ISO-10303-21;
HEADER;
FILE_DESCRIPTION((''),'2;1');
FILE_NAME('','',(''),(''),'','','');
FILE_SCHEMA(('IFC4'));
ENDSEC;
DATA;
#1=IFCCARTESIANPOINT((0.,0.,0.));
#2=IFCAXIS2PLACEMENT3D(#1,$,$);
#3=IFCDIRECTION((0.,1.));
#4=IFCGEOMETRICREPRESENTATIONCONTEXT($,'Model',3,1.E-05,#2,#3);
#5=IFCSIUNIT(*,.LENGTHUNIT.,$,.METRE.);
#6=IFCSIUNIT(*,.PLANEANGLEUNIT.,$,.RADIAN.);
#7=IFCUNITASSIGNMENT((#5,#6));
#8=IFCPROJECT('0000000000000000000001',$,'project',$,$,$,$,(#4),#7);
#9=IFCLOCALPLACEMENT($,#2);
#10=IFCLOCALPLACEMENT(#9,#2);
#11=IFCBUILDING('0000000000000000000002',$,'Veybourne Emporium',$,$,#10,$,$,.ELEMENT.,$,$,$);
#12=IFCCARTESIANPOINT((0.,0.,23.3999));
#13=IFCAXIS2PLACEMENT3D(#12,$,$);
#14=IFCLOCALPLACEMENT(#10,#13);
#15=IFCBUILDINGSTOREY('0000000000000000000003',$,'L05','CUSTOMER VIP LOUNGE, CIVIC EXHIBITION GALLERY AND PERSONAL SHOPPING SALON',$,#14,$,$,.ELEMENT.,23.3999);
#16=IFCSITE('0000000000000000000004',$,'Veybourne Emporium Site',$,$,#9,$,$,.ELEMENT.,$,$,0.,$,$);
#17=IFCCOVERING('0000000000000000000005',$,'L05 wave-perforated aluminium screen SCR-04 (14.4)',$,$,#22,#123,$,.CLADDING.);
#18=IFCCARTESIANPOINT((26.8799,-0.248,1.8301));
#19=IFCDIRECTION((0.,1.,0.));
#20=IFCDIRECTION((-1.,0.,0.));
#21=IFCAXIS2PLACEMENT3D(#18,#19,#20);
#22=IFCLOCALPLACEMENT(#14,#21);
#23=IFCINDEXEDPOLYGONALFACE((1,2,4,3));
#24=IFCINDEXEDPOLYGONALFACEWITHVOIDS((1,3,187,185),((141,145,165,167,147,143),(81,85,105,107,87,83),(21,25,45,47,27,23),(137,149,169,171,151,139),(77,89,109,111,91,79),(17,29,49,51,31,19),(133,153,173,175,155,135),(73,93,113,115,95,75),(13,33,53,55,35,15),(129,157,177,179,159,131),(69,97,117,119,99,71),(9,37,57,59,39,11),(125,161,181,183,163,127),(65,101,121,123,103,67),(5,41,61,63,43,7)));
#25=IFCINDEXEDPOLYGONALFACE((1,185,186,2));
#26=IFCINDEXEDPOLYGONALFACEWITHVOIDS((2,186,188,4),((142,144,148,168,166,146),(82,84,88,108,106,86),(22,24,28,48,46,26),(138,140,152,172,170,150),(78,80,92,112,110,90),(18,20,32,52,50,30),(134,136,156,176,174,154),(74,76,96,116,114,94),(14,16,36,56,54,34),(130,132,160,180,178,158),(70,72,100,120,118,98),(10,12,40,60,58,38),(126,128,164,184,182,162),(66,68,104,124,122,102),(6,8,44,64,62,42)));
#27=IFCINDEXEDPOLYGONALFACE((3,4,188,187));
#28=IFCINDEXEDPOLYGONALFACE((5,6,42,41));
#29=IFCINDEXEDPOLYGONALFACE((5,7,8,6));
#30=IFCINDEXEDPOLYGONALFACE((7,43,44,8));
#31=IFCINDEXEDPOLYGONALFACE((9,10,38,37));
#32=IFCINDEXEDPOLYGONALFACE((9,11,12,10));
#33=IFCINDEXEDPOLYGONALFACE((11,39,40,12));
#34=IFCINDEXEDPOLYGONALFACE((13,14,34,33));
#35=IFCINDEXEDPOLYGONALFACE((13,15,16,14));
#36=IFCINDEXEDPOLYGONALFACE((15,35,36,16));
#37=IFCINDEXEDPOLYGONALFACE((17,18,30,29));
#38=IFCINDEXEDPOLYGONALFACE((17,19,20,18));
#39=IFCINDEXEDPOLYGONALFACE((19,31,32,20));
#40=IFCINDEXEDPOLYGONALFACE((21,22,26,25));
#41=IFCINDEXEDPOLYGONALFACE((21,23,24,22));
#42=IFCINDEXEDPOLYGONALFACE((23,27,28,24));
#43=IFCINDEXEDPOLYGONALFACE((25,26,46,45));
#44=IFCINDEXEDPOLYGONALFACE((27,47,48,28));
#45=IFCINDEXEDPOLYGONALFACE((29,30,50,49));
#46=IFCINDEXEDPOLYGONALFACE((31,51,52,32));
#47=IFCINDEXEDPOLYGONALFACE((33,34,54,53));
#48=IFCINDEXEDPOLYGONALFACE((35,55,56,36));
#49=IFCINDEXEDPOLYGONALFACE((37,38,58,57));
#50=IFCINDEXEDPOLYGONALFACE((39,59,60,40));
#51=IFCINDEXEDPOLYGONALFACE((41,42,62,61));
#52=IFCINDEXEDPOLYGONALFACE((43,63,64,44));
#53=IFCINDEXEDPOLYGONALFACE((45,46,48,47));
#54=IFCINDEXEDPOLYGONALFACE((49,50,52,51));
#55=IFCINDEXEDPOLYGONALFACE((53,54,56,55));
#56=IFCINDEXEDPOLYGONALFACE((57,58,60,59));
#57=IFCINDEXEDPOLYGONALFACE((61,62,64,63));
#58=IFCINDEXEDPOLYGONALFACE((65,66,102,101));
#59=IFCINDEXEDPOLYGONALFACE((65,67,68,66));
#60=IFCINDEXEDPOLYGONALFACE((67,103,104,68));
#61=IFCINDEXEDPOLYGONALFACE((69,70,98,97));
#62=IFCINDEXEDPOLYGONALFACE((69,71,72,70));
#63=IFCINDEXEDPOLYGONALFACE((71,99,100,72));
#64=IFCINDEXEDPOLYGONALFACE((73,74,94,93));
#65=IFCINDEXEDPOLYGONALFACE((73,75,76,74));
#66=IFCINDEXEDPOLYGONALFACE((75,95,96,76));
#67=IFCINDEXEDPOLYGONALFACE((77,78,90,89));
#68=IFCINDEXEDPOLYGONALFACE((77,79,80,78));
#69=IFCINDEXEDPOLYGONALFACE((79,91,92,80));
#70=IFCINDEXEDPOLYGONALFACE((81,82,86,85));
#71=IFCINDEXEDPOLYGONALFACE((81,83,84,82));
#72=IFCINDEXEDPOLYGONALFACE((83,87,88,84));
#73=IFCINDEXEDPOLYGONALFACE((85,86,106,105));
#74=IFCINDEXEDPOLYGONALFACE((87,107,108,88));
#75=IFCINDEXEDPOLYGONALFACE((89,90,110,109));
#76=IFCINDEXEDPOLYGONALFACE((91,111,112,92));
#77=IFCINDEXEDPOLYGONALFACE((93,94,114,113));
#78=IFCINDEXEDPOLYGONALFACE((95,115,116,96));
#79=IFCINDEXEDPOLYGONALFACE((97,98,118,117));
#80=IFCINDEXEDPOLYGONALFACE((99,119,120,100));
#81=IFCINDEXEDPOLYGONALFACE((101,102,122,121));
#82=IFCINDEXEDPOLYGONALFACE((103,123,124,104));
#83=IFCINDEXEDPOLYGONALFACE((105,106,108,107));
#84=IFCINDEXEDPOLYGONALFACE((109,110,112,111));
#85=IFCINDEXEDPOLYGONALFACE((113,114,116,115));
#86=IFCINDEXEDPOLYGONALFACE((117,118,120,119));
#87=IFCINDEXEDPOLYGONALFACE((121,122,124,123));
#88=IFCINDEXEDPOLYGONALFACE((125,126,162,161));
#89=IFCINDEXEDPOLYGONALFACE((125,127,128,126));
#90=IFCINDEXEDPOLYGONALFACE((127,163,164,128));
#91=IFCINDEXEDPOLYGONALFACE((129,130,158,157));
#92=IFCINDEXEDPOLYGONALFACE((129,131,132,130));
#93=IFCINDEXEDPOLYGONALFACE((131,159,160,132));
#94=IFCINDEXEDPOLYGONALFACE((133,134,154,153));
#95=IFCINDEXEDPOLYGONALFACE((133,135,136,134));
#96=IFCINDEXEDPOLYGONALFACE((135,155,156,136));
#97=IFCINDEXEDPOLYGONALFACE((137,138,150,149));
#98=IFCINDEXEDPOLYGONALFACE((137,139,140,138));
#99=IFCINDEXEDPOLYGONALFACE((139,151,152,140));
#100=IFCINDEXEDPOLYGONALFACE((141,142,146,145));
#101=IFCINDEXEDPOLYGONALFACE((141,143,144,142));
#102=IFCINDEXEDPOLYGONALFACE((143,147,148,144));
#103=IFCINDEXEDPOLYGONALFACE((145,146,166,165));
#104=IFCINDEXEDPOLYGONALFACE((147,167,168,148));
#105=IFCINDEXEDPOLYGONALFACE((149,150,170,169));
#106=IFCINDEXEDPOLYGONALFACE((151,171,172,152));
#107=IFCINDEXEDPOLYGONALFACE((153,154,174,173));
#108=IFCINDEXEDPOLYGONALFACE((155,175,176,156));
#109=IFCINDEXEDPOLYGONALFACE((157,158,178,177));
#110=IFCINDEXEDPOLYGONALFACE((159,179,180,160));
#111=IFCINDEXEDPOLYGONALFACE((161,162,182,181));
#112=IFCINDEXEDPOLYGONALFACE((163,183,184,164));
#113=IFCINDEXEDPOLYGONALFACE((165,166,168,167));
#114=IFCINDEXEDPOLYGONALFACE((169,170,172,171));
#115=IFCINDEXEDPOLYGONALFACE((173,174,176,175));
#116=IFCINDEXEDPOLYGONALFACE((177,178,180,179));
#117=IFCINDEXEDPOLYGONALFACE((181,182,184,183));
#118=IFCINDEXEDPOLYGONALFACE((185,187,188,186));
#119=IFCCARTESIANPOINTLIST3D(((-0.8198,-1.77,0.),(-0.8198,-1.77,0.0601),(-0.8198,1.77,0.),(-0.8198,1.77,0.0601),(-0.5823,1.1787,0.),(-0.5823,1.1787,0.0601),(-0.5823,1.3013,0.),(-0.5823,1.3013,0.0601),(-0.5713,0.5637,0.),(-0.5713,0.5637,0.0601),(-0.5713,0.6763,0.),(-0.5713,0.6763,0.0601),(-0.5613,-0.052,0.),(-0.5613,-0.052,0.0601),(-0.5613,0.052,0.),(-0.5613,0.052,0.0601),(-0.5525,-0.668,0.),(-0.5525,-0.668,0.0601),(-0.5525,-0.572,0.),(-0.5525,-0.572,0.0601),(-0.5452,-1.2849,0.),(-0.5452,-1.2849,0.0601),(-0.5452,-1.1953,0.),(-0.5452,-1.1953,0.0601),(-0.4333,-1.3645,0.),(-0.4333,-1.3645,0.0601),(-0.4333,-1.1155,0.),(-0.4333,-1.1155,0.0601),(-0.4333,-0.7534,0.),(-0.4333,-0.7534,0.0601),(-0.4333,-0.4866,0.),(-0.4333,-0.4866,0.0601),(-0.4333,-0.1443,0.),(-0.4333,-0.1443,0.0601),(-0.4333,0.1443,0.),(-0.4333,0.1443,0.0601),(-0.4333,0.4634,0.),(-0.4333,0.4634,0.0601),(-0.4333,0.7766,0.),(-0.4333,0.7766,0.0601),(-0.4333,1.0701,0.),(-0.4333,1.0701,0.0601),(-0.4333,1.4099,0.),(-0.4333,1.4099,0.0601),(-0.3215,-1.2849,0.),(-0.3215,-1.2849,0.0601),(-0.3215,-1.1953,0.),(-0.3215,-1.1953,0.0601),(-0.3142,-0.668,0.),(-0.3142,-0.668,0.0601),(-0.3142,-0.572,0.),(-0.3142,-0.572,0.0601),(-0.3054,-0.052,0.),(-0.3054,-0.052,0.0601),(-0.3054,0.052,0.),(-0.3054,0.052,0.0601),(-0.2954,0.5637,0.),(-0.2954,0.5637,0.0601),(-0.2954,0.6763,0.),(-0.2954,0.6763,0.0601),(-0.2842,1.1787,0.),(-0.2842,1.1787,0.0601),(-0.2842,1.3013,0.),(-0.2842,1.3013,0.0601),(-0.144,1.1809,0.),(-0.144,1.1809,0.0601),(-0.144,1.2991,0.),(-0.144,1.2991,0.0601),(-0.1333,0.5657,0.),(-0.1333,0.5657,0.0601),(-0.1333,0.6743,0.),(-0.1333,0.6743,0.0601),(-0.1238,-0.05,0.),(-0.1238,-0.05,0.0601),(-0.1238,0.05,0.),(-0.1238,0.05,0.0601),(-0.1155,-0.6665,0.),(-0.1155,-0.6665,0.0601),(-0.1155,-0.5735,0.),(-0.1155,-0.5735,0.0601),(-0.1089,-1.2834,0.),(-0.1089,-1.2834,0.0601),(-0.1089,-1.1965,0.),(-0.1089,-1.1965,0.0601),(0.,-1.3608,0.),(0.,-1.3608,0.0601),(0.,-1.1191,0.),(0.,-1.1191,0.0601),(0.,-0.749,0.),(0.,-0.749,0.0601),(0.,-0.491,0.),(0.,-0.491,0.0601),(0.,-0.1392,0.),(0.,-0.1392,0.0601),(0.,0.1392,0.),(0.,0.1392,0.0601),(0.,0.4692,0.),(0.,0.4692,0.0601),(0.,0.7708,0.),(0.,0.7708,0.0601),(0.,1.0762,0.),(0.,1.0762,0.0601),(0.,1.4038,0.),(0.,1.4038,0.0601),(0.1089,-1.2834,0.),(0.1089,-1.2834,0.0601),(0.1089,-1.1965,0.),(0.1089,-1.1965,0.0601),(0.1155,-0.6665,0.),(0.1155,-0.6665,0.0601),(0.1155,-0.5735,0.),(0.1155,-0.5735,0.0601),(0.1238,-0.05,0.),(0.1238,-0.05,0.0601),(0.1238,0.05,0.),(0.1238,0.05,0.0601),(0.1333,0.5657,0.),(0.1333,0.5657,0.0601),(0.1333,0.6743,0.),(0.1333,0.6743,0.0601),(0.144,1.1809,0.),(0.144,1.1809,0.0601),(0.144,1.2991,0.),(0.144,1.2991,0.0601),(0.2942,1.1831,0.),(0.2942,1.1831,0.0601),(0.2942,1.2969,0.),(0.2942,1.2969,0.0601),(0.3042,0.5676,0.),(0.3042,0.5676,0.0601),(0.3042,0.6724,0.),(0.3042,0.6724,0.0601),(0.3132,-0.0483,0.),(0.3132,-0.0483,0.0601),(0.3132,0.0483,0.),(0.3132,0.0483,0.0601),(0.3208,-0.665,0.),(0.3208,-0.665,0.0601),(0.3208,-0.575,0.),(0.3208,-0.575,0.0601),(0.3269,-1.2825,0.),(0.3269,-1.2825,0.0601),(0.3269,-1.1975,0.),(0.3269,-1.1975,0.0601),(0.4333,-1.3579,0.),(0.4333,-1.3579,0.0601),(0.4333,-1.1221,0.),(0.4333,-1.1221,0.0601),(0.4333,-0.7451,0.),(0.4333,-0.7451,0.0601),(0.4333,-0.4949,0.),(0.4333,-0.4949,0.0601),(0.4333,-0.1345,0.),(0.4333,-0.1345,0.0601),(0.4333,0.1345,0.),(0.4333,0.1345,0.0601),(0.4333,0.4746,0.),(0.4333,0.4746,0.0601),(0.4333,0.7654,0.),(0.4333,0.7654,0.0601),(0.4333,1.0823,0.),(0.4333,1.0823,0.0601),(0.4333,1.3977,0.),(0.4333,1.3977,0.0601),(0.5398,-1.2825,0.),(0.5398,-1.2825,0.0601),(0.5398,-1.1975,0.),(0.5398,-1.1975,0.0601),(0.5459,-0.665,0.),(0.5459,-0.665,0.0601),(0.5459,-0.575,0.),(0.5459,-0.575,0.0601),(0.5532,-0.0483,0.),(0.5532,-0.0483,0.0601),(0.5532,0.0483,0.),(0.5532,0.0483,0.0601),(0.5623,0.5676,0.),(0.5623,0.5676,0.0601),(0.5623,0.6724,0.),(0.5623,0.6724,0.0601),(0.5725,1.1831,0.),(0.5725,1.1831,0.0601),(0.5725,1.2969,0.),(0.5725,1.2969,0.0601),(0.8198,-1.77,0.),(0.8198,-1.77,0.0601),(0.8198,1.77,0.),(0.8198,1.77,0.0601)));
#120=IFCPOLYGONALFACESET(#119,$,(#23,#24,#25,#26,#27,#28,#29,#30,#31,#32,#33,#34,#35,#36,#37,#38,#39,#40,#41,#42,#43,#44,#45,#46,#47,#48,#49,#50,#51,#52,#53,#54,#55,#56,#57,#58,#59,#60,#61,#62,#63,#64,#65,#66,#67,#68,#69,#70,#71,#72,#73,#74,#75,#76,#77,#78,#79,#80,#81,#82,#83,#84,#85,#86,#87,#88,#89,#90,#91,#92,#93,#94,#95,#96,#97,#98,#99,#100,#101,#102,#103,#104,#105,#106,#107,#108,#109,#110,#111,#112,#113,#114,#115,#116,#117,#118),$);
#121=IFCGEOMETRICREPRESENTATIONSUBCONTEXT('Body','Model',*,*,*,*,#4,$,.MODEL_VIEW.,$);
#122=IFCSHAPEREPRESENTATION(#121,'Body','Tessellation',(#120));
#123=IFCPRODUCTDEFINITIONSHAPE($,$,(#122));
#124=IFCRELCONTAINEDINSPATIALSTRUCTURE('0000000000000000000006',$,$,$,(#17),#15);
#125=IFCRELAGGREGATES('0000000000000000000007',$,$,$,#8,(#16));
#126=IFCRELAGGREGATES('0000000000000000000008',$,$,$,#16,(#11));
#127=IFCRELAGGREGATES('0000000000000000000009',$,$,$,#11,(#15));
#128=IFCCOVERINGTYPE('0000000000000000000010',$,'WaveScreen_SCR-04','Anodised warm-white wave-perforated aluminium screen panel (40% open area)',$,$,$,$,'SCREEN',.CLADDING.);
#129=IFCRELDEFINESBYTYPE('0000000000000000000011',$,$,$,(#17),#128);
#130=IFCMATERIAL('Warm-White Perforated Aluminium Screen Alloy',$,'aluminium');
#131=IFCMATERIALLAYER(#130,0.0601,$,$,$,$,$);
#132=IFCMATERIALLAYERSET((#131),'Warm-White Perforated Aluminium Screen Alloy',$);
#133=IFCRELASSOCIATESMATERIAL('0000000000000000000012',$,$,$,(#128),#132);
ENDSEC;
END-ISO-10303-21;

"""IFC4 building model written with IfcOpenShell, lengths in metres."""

from ifc_helpers import new_model, si_unit, direction, frame, origin, place, context, subcontext, project, spatial, polyline, outline, extrude, material, layer, layer_set, type_object, element, save


model = new_model("IFC4")

# Units and contexts
model_context = context("Model", 3, precision=1e-05, world=origin(), true_north=direction((0.0, 1.0)))
body_context = subcontext(model_context, "Body", "Model", "MODEL_VIEW")
ifc_project = project(units=[si_unit("LENGTHUNIT", "METRE"), si_unit("PLANEANGLEUNIT", "RADIAN")], contexts=[model_context])

# Site, building, storey
site_placement = place(None, origin())
site = spatial("IfcSite", under=ifc_project, at=site_placement, Name="Veybourne Emporium Site", CompositionType="ELEMENT", RefElevation=0.0)
building_placement = place(site_placement, origin())
building = spatial("IfcBuilding", under=site, at=building_placement, Name="Veybourne Emporium", CompositionType="ELEMENT")
storey_placement = place(building_placement, frame((0.0, 0.0, 23.3999)))
storey = spatial("IfcBuildingStorey", under=building, at=storey_placement, Name="L05", Description="CUSTOMER VIP LOUNGE, CIVIC EXHIBITION GALLERY AND PERSONAL SHOPPING SALON", CompositionType="ELEMENT", Elevation=23.3999)

# Covering
ifc_material_1 = material(Name="Warm-White Perforated Aluminium Screen Alloy", Category="aluminium")
ifc_layer_1 = layer(ifc_material_1, 0.0601)
ifc_layer_set_1 = layer_set([ifc_layer_1], Name="Warm-White Perforated Aluminium Screen Alloy")
covering_type_1 = type_object("IfcCoveringType", Name="WaveScreen_SCR-04", Description="Anodised warm-white wave-perforated aluminium screen panel (40% open area)", ElementType="SCREEN", PredefinedType="CLADDING", material=ifc_layer_set_1)
covering_1_placement = place(storey_placement, frame((26.8799, -0.248, 1.8301), z_axis=(0.0, 1.0, 0.0), x_axis=(-1.0, 0.0, 0.0)))
element("IfcCovering", 1, at=covering_1_placement, inside=storey, type_object=covering_type_1, Name="L05 wave-perforated aluminium screen SCR-04 (14.4)", PredefinedType="CLADDING", context=body_context, shape_type="SweptSolid", body=[
    extrude(outline(polyline([(-0.8198, -1.77), (0.8198, -1.77), (0.8198, 1.77), (-0.8198, 1.77), (-0.8198, -1.77)]), holes=[polyline([(-0.4333, -1.1155), (-0.3215, -1.1953), (-0.3215, -1.2849), (-0.4333, -1.3645), (-0.5452, -1.2849), (-0.5452, -1.1953), (-0.4333, -1.1155)]), polyline([(-0.4333, -0.4866), (-0.3142, -0.572), (-0.3142, -0.668), (-0.4333, -0.7534), (-0.5525, -0.668), (-0.5525, -0.572), (-0.4333, -0.4866)]), polyline([(-0.4333, 0.1443), (-0.3054, 0.052), (-0.3054, -0.052), (-0.4333, -0.1443), (-0.5613, -0.052), (-0.5613, 0.052), (-0.4333, 0.1443)]), polyline([(-0.4333, 0.7766), (-0.2954, 0.6763), (-0.2954, 0.5637), (-0.4333, 0.4634), (-0.5713, 0.5637), (-0.5713, 0.6763), (-0.4333, 0.7766)]), polyline([(-0.4333, 1.4099), (-0.2842, 1.3013), (-0.2842, 1.1787), (-0.4333, 1.0701), (-0.5823, 1.1787), (-0.5823, 1.3013), (-0.4333, 1.4099)]), polyline([(0.0, -1.1191), (0.1089, -1.1965), (0.1089, -1.2834), (0.0, -1.3608), (-0.1089, -1.2834), (-0.1089, -1.1965), (0.0, -1.1191)]), polyline([(0.0, -0.491), (0.1155, -0.5735), (0.1155, -0.6665), (0.0, -0.749), (-0.1155, -0.6665), (-0.1155, -0.5735), (0.0, -0.491)]), polyline([(0.0, 0.1392), (0.1238, 0.05), (0.1238, -0.05), (0.0, -0.1392), (-0.1238, -0.05), (-0.1238, 0.05), (0.0, 0.1392)]), polyline([(0.0, 0.7708), (0.1333, 0.6743), (0.1333, 0.5657), (0.0, 0.4692), (-0.1333, 0.5657), (-0.1333, 0.6743), (0.0, 0.7708)]), polyline([(0.0, 1.4038), (0.144, 1.2991), (0.144, 1.1809), (0.0, 1.0762), (-0.144, 1.1809), (-0.144, 1.2991), (0.0, 1.4038)]), polyline([(0.4333, -1.1221), (0.5398, -1.1975), (0.5398, -1.2825), (0.4333, -1.3579), (0.3269, -1.2825), (0.3269, -1.1975), (0.4333, -1.1221)]), polyline([(0.4333, -0.4949), (0.5459, -0.575), (0.5459, -0.665), (0.4333, -0.7451), (0.3208, -0.665), (0.3208, -0.575), (0.4333, -0.4949)]), polyline([(0.4333, 0.1345), (0.5532, 0.0483), (0.5532, -0.0483), (0.4333, -0.1345), (0.3132, -0.0483), (0.3132, 0.0483), (0.4333, 0.1345)]), polyline([(0.4333, 0.7654), (0.5623, 0.6724), (0.5623, 0.5676), (0.4333, 0.4746), (0.3042, 0.5676), (0.3042, 0.6724), (0.4333, 0.7654)]), polyline([(0.4333, 1.3977), (0.5725, 1.2969), (0.5725, 1.1831), (0.4333, 1.0823), (0.2942, 1.1831), (0.2942, 1.2969), (0.4333, 1.3977)])]), origin(), (0.0, 0.0, 1.0), 0.0601),
])

save(model, "model.ifc")
